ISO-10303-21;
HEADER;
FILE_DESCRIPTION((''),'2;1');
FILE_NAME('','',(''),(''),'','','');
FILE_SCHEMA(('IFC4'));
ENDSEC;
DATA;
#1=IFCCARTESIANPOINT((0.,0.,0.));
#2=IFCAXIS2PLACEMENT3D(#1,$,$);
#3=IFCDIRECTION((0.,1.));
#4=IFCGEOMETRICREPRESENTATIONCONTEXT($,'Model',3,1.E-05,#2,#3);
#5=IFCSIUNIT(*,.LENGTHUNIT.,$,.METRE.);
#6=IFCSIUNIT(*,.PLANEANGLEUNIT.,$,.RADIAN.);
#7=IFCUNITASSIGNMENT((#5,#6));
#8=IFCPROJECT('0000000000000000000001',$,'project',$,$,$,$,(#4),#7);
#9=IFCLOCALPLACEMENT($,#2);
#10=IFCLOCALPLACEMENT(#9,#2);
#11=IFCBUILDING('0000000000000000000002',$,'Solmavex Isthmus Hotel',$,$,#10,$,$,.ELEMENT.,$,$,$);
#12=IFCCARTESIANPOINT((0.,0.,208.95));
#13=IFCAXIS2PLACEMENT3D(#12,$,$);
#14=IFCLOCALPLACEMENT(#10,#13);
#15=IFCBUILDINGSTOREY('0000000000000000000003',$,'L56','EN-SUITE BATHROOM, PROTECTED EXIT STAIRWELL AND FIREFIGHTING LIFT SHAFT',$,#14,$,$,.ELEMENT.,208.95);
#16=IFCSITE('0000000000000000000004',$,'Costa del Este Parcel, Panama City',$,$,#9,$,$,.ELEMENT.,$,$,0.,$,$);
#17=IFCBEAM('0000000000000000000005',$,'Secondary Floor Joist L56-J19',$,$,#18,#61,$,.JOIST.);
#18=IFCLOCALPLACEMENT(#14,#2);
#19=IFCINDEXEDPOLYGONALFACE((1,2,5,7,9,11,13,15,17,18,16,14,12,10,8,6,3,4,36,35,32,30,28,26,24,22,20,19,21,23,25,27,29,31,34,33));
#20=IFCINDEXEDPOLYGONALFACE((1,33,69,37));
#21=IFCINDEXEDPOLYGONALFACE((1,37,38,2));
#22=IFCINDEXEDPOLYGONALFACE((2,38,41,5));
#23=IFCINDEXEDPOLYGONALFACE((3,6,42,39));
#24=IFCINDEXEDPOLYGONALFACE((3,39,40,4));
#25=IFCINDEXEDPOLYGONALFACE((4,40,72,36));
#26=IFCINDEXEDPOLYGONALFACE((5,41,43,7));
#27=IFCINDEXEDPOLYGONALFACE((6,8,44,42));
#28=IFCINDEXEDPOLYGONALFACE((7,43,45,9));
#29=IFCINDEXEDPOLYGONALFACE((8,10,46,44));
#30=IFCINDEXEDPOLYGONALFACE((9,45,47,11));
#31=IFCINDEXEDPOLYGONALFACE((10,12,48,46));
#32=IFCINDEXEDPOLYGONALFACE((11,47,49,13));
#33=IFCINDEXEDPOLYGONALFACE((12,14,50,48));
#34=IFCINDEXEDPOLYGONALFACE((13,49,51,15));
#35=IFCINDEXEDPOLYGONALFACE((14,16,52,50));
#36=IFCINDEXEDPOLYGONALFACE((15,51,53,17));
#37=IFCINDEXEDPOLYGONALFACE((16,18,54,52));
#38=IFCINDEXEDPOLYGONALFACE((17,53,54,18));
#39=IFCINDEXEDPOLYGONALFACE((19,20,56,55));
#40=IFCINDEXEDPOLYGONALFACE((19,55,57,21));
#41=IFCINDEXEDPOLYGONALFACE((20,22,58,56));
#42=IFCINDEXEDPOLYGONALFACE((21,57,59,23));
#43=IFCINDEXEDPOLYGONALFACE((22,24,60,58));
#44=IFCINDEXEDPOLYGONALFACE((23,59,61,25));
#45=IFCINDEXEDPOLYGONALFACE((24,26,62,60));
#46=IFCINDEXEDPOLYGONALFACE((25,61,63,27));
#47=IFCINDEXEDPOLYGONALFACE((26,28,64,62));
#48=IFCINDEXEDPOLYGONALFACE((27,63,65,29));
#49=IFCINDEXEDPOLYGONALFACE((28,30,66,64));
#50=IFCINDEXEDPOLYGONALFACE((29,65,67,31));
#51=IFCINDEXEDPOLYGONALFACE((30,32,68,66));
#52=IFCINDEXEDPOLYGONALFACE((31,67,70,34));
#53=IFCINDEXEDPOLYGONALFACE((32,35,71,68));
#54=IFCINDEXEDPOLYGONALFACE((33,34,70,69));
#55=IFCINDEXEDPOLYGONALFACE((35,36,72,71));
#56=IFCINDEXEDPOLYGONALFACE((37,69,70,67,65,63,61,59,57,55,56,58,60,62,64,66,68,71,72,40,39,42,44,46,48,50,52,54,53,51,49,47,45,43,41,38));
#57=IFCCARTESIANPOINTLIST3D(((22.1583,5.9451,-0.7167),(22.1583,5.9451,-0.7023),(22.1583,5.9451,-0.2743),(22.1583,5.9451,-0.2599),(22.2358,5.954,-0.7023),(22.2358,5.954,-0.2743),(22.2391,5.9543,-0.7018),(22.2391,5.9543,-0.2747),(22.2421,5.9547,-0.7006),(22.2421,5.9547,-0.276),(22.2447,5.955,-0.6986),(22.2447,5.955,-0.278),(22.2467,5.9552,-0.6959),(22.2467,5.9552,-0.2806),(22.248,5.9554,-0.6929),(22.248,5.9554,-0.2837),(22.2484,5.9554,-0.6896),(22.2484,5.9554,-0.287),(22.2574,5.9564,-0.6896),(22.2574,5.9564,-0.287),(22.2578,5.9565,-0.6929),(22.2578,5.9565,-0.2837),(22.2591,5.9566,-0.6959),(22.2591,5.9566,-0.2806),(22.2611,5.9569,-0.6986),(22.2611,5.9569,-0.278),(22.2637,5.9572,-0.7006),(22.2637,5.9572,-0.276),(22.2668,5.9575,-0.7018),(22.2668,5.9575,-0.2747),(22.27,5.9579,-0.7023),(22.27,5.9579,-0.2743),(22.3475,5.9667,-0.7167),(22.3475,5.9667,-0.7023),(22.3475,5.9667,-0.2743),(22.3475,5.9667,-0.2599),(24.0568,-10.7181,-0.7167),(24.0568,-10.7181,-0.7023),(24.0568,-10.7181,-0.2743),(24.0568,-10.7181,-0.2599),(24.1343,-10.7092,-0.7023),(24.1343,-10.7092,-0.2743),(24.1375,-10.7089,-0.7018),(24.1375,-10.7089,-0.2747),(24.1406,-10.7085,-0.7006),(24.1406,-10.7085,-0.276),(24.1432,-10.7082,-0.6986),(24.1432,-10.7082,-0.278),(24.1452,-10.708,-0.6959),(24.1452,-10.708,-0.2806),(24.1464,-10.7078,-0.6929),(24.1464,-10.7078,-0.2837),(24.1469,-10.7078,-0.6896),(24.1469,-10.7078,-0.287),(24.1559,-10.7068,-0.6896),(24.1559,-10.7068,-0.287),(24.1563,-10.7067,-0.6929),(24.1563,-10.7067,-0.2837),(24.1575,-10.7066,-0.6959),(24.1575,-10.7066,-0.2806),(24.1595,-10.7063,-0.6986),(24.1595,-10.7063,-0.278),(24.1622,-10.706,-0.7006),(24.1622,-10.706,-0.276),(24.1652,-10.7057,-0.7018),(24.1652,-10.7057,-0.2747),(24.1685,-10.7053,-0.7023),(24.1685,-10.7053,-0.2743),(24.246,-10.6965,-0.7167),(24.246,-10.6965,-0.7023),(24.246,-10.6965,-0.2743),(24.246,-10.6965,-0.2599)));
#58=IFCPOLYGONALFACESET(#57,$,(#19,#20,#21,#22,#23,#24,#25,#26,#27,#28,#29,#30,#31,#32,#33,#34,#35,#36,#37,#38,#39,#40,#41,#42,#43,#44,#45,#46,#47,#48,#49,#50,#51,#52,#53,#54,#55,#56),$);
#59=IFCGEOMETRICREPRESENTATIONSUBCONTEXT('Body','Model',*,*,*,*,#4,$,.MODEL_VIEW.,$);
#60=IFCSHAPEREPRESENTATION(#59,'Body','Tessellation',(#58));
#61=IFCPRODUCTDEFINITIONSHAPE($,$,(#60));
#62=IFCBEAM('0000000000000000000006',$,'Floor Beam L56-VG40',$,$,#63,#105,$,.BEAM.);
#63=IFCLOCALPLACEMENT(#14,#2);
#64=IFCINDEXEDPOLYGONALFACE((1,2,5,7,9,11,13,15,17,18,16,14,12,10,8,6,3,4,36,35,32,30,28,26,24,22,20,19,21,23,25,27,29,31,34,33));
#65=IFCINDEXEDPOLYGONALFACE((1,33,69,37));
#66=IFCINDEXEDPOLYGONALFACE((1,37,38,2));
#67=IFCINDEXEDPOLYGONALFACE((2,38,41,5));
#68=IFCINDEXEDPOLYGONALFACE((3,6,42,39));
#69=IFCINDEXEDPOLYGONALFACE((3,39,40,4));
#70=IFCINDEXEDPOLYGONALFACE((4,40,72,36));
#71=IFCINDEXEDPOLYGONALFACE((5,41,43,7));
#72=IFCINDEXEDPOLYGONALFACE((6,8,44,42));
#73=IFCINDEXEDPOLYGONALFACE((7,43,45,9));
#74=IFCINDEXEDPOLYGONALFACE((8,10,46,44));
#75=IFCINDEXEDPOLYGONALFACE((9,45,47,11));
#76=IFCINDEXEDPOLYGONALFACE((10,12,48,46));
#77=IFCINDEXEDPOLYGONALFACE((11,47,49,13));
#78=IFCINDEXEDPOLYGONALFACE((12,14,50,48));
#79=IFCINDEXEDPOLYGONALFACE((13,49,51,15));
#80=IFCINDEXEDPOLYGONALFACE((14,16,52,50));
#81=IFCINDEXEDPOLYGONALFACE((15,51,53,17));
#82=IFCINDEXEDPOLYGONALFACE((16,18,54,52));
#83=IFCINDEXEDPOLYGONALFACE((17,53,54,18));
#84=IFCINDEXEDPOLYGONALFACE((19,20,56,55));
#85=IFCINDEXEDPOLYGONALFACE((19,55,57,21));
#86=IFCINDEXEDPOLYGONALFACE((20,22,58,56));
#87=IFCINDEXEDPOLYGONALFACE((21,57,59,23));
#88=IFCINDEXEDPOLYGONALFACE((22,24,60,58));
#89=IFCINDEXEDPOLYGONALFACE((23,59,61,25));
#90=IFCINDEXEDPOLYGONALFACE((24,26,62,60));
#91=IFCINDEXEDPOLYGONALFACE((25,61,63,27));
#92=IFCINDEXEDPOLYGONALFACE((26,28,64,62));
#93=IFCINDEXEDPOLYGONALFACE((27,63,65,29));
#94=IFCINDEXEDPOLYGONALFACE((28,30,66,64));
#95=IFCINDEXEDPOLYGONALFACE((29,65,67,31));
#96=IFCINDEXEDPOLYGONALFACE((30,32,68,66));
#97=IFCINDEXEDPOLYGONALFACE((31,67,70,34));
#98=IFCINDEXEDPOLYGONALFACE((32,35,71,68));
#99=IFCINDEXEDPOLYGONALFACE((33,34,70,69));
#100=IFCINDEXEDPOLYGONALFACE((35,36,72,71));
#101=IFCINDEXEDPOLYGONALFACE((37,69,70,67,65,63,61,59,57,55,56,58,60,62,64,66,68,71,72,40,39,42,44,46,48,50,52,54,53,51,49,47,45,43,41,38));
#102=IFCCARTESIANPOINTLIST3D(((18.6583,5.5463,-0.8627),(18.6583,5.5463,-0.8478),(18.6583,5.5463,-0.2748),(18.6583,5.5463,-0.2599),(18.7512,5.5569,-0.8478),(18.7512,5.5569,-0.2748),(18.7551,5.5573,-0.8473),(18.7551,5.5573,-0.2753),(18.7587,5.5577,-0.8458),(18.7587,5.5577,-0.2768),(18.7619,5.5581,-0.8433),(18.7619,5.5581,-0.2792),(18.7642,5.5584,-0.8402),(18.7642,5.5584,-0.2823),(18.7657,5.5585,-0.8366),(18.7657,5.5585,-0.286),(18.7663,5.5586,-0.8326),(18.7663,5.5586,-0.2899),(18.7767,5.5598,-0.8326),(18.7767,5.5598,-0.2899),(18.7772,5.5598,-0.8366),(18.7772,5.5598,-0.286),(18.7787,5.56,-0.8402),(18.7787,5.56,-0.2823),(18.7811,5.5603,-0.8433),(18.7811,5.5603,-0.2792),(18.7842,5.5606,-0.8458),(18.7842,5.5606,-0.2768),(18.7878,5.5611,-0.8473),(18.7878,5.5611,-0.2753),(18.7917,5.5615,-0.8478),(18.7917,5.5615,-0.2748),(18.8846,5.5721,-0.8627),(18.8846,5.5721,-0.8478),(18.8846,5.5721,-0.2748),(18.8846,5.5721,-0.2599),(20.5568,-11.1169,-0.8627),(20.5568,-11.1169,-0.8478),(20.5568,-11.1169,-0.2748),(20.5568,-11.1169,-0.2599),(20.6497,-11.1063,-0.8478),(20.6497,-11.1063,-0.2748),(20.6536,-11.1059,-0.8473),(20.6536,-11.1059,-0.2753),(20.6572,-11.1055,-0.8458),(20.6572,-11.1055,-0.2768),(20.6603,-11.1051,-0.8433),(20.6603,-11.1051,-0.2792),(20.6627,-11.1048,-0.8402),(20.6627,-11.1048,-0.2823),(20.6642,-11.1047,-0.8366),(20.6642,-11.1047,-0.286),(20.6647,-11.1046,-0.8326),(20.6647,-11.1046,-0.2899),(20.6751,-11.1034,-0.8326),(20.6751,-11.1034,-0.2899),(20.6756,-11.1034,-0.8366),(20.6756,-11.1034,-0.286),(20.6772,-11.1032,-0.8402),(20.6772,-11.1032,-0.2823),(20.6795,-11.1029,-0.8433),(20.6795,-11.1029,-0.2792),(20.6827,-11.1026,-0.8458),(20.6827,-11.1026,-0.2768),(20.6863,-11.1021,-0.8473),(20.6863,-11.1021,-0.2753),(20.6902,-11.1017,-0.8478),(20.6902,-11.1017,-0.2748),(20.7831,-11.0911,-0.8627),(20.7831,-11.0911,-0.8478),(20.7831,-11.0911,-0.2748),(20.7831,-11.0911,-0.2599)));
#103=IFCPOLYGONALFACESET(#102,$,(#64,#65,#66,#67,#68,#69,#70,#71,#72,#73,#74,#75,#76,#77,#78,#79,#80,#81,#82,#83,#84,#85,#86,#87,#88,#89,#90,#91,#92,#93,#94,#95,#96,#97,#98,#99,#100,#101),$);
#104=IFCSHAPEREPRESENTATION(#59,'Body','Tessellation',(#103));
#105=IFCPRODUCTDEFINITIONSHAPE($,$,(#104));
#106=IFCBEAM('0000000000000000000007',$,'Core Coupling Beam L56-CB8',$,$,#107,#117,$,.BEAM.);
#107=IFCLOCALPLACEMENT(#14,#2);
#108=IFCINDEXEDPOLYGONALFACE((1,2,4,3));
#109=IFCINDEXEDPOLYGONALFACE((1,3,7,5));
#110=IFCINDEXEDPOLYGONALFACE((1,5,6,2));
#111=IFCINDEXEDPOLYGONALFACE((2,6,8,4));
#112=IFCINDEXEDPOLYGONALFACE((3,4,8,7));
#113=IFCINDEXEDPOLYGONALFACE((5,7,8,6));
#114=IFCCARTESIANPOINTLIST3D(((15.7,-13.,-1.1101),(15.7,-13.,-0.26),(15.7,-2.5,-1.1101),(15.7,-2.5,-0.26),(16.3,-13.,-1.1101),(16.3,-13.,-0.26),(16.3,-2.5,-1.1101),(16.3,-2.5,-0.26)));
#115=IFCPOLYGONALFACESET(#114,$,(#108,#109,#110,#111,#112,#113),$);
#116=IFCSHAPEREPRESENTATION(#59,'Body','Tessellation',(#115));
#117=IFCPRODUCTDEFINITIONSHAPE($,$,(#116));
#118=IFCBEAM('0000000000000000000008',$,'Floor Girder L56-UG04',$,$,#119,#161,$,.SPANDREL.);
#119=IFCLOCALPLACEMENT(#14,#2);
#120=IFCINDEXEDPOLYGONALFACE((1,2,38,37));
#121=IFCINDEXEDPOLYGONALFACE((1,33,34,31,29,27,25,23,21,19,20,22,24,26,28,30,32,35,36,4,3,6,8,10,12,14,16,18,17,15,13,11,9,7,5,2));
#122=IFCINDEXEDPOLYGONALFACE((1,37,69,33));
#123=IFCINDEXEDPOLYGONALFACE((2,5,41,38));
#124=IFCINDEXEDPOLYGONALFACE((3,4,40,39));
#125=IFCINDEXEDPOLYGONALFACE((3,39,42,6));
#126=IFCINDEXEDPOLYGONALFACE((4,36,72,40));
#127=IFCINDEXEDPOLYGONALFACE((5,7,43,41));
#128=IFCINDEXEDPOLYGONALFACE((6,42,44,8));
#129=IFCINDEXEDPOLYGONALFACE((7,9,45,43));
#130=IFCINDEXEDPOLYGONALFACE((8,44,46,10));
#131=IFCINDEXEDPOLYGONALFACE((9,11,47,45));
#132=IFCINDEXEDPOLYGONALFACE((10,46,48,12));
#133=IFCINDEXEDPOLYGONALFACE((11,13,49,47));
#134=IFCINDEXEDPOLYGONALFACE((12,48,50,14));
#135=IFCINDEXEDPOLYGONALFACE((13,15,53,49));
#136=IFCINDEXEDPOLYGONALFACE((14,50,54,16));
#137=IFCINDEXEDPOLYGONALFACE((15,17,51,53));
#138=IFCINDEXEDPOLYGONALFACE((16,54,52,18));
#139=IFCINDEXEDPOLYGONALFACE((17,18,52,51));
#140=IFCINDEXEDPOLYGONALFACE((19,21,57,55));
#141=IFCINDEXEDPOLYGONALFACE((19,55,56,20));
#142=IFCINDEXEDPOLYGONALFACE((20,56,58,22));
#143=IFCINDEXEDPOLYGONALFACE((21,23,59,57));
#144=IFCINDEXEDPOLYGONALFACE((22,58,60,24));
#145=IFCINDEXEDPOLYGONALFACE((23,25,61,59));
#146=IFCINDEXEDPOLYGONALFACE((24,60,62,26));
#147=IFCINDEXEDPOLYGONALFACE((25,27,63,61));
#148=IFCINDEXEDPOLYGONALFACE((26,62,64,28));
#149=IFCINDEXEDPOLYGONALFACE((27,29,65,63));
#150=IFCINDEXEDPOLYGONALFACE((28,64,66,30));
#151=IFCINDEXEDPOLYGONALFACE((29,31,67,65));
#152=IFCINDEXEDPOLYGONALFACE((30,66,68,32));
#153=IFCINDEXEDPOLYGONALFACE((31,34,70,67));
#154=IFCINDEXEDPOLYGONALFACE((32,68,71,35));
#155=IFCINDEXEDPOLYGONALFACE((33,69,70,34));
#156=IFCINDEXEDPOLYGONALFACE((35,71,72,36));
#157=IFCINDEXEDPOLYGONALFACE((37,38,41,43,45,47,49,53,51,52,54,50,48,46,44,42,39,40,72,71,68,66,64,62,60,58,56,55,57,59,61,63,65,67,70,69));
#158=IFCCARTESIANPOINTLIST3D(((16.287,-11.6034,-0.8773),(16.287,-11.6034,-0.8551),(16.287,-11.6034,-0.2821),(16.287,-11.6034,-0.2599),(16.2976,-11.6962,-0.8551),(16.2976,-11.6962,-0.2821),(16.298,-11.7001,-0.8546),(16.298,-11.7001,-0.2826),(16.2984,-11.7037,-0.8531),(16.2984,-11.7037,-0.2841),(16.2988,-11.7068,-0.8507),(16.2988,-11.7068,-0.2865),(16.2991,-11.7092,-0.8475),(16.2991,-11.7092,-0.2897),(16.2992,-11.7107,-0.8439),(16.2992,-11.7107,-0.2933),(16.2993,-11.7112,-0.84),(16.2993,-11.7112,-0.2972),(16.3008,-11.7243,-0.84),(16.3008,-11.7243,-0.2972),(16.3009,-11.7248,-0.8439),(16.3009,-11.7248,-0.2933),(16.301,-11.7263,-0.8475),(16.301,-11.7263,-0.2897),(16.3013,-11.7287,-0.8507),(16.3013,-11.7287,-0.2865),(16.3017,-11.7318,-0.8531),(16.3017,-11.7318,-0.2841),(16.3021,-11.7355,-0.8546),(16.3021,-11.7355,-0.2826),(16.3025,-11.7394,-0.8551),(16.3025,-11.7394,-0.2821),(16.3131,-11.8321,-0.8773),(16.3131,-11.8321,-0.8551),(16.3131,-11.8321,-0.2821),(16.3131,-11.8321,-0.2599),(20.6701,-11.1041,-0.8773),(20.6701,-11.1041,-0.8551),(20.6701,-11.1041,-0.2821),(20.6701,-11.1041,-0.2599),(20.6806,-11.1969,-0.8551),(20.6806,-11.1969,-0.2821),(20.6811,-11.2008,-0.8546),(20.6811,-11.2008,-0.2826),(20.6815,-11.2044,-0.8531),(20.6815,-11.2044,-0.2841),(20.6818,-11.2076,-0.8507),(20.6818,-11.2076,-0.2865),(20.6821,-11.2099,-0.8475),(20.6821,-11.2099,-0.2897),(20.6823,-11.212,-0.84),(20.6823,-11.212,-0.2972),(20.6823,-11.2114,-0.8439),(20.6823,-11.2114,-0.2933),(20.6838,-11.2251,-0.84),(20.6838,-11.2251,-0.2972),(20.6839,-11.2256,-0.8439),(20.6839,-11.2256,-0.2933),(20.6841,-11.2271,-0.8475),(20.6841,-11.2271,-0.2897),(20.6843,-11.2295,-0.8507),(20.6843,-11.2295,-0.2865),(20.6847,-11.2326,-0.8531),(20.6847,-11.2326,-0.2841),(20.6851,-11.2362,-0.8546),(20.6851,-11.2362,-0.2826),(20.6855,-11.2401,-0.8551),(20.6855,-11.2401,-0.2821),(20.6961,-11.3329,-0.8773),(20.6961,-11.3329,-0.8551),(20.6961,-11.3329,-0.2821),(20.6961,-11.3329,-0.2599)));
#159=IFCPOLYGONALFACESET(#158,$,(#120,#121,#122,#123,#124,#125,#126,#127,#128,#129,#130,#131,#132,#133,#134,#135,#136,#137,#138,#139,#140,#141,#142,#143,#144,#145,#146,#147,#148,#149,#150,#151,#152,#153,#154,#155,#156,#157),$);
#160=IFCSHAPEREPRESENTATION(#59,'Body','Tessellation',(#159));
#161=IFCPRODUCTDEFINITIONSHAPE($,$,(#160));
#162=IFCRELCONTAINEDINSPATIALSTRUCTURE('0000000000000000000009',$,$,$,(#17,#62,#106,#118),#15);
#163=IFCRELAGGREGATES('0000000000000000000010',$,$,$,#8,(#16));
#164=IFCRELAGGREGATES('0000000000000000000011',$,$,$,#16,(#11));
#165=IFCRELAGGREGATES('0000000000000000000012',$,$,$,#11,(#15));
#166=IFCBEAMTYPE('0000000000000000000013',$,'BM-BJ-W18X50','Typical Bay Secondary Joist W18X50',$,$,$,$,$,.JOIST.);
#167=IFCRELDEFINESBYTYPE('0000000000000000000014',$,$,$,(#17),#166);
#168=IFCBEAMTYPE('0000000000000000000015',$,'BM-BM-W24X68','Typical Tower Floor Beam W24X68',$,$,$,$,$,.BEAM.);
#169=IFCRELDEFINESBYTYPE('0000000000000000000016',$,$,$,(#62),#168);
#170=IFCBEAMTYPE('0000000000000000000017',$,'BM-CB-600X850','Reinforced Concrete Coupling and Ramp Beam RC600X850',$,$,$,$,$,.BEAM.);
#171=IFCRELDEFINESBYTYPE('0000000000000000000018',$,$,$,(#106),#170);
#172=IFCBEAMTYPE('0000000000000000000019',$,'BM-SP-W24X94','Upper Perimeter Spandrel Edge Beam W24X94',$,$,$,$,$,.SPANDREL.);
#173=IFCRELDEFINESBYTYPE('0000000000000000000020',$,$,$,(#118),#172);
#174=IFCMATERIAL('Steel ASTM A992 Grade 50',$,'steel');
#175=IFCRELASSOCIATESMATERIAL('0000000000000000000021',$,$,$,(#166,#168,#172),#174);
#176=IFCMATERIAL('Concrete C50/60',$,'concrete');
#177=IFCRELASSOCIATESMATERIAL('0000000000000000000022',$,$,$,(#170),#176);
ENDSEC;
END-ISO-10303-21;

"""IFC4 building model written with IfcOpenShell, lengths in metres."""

from ifc_helpers import new_model, si_unit, direction, frame, origin, origin_2d, place, context, subcontext, project, spatial, rectangle, i_section, extrude, material, material_profile, profile_set, type_object, element, save


model = new_model("IFC4")

# Units and contexts
model_context = context("Model", 3, precision=1e-05, world=origin(), true_north=direction((0.0, 1.0)))
body_context = subcontext(model_context, "Body", "Model", "MODEL_VIEW")
ifc_project = project(units=[si_unit("LENGTHUNIT", "METRE"), si_unit("PLANEANGLEUNIT", "RADIAN")], contexts=[model_context])

# Site, building, storey
site_placement = place(None, origin())
site = spatial("IfcSite", under=ifc_project, at=site_placement, Name="Costa del Este Parcel, Panama City", CompositionType="ELEMENT", RefElevation=0.0)
building_placement = place(site_placement, origin())
building = spatial("IfcBuilding", under=site, at=building_placement, Name="Solmavex Isthmus Hotel", CompositionType="ELEMENT")
storey_placement = place(building_placement, frame((0.0, 0.0, 208.95)))
storey = spatial("IfcBuildingStorey", under=building, at=storey_placement, Name="L56", Description="EN-SUITE BATHROOM, PROTECTED EXIT STAIRWELL AND FIREFIGHTING LIFT SHAFT", CompositionType="ELEMENT", Elevation=208.95)

# Shared definitions
ifc_material_1 = material(Name="Concrete C50/60", Category="concrete")

# Beams
ifc_material_2 = material(Name="Steel ASTM A992 Grade 50", Category="steel")
ifc_material_profile_1 = material_profile(ifc_material_2, i_section(OverallWidth=0.1904, OverallDepth=0.4568, WebThickness=0.009, FlangeThickness=0.0144, FilletRadius=0.0127, at=origin_2d()), Name="W18X50")
ifc_profile_set_1 = profile_set([ifc_material_profile_1], Name="Steel ASTM A992 Grade 50")
beam_type_1 = type_object("IfcBeamType", Name="BM-BJ-W18X50", Description="Typical Bay Secondary Joist W18X50", PredefinedType="JOIST", material=ifc_profile_set_1)
beam_1_placement = place(storey_placement, frame((24.1514, -10.7073, -0.4883), z_axis=(-0.113198, 0.993572, 0.0), x_axis=(-0.993572, -0.113198, 0.0)))
element("IfcBeam", 1, at=beam_1_placement, inside=storey, type_object=beam_type_1, Name="Secondary Floor Joist L56-J19", PredefinedType="JOIST", context=body_context, shape_type="SweptSolid", body=[
    extrude(i_section(OverallWidth=0.1904, OverallDepth=0.4568, WebThickness=0.009, FlangeThickness=0.0144, FilletRadius=0.0127, at=origin_2d()), origin(), (0.0, 0.0, 1.0), 16.771),
])
ifc_material_profile_2 = material_profile(ifc_material_2, i_section(OverallWidth=0.2278, OverallDepth=0.6028, WebThickness=0.0105, FlangeThickness=0.0149, FilletRadius=0.0151, at=origin_2d()), Name="W24X68")
ifc_profile_set_2 = profile_set([ifc_material_profile_2], Name="Steel ASTM A992 Grade 50")
beam_type_2 = type_object("IfcBeamType", Name="BM-BM-W24X68", Description="Typical Tower Floor Beam W24X68", PredefinedType="BEAM", material=ifc_profile_set_2)
beam_2_placement = place(storey_placement, frame((20.6699, -11.104, -0.5613), z_axis=(-0.113198, 0.993572, 0.0), x_axis=(-0.993572, -0.113198, 0.0)))
element("IfcBeam", 2, at=beam_2_placement, inside=storey, type_object=beam_type_2, Name="Floor Beam L56-VG40", PredefinedType="BEAM", context=body_context, shape_type="SweptSolid", body=[
    extrude(i_section(OverallWidth=0.2278, OverallDepth=0.6028, WebThickness=0.0105, FlangeThickness=0.0149, FilletRadius=0.0151, at=origin_2d()), origin(), (0.0, 0.0, 1.0), 16.771),
])
ifc_material_profile_3 = material_profile(ifc_material_1, rectangle(XDim=0.6001, YDim=0.8501, at=origin_2d()), Name="RC600X850")
ifc_profile_set_3 = profile_set([ifc_material_profile_3], Name="Concrete C50/60")
beam_type_3 = type_object("IfcBeamType", Name="BM-CB-600X850", Description="Reinforced Concrete Coupling and Ramp Beam RC600X850", PredefinedType="BEAM", material=ifc_profile_set_3)
beam_3_placement = place(storey_placement, frame((16.0, -13.0, -0.6851), z_axis=(0.0, 1.0, 0.0), x_axis=(-1.0, 0.0, 0.0)))
element("IfcBeam", 3, at=beam_3_placement, inside=storey, type_object=beam_type_3, Name="Core Coupling Beam L56-CB8", PredefinedType="BEAM", context=body_context, shape_type="SweptSolid", body=[
    extrude(rectangle(XDim=0.6001, YDim=0.8501, at=origin_2d()), origin(), (0.0, 0.0, 1.0), 10.5),
])
ifc_material_profile_4 = material_profile(ifc_material_2, i_section(OverallWidth=0.2302, OverallDepth=0.6174, WebThickness=0.0132, FlangeThickness=0.0222, FilletRadius=0.0151, at=origin_2d()), Name="W24X94")
ifc_profile_set_4 = profile_set([ifc_material_profile_4], Name="Steel ASTM A992 Grade 50")
beam_type_4 = type_object("IfcBeamType", Name="BM-SP-W24X94", Description="Upper Perimeter Spandrel Edge Beam W24X94", PredefinedType="SPANDREL", material=ifc_profile_set_4)
beam_4_placement = place(storey_placement, frame((16.3, -11.7178, -0.5686), z_axis=(0.993575, 0.113177, 0.0), x_axis=(-0.113177, 0.993575, 0.0)))
element("IfcBeam", 4, at=beam_4_placement, inside=storey, type_object=beam_type_4, Name="Floor Girder L56-UG04", PredefinedType="SPANDREL", context=body_context, shape_type="SweptSolid", body=[
    extrude(i_section(OverallWidth=0.2302, OverallDepth=0.6174, WebThickness=0.0132, FlangeThickness=0.0222, FilletRadius=0.0151, at=origin_2d()), origin(), (0.0, 0.0, 1.0), 4.4114),
])

save(model, "model.ifc")
